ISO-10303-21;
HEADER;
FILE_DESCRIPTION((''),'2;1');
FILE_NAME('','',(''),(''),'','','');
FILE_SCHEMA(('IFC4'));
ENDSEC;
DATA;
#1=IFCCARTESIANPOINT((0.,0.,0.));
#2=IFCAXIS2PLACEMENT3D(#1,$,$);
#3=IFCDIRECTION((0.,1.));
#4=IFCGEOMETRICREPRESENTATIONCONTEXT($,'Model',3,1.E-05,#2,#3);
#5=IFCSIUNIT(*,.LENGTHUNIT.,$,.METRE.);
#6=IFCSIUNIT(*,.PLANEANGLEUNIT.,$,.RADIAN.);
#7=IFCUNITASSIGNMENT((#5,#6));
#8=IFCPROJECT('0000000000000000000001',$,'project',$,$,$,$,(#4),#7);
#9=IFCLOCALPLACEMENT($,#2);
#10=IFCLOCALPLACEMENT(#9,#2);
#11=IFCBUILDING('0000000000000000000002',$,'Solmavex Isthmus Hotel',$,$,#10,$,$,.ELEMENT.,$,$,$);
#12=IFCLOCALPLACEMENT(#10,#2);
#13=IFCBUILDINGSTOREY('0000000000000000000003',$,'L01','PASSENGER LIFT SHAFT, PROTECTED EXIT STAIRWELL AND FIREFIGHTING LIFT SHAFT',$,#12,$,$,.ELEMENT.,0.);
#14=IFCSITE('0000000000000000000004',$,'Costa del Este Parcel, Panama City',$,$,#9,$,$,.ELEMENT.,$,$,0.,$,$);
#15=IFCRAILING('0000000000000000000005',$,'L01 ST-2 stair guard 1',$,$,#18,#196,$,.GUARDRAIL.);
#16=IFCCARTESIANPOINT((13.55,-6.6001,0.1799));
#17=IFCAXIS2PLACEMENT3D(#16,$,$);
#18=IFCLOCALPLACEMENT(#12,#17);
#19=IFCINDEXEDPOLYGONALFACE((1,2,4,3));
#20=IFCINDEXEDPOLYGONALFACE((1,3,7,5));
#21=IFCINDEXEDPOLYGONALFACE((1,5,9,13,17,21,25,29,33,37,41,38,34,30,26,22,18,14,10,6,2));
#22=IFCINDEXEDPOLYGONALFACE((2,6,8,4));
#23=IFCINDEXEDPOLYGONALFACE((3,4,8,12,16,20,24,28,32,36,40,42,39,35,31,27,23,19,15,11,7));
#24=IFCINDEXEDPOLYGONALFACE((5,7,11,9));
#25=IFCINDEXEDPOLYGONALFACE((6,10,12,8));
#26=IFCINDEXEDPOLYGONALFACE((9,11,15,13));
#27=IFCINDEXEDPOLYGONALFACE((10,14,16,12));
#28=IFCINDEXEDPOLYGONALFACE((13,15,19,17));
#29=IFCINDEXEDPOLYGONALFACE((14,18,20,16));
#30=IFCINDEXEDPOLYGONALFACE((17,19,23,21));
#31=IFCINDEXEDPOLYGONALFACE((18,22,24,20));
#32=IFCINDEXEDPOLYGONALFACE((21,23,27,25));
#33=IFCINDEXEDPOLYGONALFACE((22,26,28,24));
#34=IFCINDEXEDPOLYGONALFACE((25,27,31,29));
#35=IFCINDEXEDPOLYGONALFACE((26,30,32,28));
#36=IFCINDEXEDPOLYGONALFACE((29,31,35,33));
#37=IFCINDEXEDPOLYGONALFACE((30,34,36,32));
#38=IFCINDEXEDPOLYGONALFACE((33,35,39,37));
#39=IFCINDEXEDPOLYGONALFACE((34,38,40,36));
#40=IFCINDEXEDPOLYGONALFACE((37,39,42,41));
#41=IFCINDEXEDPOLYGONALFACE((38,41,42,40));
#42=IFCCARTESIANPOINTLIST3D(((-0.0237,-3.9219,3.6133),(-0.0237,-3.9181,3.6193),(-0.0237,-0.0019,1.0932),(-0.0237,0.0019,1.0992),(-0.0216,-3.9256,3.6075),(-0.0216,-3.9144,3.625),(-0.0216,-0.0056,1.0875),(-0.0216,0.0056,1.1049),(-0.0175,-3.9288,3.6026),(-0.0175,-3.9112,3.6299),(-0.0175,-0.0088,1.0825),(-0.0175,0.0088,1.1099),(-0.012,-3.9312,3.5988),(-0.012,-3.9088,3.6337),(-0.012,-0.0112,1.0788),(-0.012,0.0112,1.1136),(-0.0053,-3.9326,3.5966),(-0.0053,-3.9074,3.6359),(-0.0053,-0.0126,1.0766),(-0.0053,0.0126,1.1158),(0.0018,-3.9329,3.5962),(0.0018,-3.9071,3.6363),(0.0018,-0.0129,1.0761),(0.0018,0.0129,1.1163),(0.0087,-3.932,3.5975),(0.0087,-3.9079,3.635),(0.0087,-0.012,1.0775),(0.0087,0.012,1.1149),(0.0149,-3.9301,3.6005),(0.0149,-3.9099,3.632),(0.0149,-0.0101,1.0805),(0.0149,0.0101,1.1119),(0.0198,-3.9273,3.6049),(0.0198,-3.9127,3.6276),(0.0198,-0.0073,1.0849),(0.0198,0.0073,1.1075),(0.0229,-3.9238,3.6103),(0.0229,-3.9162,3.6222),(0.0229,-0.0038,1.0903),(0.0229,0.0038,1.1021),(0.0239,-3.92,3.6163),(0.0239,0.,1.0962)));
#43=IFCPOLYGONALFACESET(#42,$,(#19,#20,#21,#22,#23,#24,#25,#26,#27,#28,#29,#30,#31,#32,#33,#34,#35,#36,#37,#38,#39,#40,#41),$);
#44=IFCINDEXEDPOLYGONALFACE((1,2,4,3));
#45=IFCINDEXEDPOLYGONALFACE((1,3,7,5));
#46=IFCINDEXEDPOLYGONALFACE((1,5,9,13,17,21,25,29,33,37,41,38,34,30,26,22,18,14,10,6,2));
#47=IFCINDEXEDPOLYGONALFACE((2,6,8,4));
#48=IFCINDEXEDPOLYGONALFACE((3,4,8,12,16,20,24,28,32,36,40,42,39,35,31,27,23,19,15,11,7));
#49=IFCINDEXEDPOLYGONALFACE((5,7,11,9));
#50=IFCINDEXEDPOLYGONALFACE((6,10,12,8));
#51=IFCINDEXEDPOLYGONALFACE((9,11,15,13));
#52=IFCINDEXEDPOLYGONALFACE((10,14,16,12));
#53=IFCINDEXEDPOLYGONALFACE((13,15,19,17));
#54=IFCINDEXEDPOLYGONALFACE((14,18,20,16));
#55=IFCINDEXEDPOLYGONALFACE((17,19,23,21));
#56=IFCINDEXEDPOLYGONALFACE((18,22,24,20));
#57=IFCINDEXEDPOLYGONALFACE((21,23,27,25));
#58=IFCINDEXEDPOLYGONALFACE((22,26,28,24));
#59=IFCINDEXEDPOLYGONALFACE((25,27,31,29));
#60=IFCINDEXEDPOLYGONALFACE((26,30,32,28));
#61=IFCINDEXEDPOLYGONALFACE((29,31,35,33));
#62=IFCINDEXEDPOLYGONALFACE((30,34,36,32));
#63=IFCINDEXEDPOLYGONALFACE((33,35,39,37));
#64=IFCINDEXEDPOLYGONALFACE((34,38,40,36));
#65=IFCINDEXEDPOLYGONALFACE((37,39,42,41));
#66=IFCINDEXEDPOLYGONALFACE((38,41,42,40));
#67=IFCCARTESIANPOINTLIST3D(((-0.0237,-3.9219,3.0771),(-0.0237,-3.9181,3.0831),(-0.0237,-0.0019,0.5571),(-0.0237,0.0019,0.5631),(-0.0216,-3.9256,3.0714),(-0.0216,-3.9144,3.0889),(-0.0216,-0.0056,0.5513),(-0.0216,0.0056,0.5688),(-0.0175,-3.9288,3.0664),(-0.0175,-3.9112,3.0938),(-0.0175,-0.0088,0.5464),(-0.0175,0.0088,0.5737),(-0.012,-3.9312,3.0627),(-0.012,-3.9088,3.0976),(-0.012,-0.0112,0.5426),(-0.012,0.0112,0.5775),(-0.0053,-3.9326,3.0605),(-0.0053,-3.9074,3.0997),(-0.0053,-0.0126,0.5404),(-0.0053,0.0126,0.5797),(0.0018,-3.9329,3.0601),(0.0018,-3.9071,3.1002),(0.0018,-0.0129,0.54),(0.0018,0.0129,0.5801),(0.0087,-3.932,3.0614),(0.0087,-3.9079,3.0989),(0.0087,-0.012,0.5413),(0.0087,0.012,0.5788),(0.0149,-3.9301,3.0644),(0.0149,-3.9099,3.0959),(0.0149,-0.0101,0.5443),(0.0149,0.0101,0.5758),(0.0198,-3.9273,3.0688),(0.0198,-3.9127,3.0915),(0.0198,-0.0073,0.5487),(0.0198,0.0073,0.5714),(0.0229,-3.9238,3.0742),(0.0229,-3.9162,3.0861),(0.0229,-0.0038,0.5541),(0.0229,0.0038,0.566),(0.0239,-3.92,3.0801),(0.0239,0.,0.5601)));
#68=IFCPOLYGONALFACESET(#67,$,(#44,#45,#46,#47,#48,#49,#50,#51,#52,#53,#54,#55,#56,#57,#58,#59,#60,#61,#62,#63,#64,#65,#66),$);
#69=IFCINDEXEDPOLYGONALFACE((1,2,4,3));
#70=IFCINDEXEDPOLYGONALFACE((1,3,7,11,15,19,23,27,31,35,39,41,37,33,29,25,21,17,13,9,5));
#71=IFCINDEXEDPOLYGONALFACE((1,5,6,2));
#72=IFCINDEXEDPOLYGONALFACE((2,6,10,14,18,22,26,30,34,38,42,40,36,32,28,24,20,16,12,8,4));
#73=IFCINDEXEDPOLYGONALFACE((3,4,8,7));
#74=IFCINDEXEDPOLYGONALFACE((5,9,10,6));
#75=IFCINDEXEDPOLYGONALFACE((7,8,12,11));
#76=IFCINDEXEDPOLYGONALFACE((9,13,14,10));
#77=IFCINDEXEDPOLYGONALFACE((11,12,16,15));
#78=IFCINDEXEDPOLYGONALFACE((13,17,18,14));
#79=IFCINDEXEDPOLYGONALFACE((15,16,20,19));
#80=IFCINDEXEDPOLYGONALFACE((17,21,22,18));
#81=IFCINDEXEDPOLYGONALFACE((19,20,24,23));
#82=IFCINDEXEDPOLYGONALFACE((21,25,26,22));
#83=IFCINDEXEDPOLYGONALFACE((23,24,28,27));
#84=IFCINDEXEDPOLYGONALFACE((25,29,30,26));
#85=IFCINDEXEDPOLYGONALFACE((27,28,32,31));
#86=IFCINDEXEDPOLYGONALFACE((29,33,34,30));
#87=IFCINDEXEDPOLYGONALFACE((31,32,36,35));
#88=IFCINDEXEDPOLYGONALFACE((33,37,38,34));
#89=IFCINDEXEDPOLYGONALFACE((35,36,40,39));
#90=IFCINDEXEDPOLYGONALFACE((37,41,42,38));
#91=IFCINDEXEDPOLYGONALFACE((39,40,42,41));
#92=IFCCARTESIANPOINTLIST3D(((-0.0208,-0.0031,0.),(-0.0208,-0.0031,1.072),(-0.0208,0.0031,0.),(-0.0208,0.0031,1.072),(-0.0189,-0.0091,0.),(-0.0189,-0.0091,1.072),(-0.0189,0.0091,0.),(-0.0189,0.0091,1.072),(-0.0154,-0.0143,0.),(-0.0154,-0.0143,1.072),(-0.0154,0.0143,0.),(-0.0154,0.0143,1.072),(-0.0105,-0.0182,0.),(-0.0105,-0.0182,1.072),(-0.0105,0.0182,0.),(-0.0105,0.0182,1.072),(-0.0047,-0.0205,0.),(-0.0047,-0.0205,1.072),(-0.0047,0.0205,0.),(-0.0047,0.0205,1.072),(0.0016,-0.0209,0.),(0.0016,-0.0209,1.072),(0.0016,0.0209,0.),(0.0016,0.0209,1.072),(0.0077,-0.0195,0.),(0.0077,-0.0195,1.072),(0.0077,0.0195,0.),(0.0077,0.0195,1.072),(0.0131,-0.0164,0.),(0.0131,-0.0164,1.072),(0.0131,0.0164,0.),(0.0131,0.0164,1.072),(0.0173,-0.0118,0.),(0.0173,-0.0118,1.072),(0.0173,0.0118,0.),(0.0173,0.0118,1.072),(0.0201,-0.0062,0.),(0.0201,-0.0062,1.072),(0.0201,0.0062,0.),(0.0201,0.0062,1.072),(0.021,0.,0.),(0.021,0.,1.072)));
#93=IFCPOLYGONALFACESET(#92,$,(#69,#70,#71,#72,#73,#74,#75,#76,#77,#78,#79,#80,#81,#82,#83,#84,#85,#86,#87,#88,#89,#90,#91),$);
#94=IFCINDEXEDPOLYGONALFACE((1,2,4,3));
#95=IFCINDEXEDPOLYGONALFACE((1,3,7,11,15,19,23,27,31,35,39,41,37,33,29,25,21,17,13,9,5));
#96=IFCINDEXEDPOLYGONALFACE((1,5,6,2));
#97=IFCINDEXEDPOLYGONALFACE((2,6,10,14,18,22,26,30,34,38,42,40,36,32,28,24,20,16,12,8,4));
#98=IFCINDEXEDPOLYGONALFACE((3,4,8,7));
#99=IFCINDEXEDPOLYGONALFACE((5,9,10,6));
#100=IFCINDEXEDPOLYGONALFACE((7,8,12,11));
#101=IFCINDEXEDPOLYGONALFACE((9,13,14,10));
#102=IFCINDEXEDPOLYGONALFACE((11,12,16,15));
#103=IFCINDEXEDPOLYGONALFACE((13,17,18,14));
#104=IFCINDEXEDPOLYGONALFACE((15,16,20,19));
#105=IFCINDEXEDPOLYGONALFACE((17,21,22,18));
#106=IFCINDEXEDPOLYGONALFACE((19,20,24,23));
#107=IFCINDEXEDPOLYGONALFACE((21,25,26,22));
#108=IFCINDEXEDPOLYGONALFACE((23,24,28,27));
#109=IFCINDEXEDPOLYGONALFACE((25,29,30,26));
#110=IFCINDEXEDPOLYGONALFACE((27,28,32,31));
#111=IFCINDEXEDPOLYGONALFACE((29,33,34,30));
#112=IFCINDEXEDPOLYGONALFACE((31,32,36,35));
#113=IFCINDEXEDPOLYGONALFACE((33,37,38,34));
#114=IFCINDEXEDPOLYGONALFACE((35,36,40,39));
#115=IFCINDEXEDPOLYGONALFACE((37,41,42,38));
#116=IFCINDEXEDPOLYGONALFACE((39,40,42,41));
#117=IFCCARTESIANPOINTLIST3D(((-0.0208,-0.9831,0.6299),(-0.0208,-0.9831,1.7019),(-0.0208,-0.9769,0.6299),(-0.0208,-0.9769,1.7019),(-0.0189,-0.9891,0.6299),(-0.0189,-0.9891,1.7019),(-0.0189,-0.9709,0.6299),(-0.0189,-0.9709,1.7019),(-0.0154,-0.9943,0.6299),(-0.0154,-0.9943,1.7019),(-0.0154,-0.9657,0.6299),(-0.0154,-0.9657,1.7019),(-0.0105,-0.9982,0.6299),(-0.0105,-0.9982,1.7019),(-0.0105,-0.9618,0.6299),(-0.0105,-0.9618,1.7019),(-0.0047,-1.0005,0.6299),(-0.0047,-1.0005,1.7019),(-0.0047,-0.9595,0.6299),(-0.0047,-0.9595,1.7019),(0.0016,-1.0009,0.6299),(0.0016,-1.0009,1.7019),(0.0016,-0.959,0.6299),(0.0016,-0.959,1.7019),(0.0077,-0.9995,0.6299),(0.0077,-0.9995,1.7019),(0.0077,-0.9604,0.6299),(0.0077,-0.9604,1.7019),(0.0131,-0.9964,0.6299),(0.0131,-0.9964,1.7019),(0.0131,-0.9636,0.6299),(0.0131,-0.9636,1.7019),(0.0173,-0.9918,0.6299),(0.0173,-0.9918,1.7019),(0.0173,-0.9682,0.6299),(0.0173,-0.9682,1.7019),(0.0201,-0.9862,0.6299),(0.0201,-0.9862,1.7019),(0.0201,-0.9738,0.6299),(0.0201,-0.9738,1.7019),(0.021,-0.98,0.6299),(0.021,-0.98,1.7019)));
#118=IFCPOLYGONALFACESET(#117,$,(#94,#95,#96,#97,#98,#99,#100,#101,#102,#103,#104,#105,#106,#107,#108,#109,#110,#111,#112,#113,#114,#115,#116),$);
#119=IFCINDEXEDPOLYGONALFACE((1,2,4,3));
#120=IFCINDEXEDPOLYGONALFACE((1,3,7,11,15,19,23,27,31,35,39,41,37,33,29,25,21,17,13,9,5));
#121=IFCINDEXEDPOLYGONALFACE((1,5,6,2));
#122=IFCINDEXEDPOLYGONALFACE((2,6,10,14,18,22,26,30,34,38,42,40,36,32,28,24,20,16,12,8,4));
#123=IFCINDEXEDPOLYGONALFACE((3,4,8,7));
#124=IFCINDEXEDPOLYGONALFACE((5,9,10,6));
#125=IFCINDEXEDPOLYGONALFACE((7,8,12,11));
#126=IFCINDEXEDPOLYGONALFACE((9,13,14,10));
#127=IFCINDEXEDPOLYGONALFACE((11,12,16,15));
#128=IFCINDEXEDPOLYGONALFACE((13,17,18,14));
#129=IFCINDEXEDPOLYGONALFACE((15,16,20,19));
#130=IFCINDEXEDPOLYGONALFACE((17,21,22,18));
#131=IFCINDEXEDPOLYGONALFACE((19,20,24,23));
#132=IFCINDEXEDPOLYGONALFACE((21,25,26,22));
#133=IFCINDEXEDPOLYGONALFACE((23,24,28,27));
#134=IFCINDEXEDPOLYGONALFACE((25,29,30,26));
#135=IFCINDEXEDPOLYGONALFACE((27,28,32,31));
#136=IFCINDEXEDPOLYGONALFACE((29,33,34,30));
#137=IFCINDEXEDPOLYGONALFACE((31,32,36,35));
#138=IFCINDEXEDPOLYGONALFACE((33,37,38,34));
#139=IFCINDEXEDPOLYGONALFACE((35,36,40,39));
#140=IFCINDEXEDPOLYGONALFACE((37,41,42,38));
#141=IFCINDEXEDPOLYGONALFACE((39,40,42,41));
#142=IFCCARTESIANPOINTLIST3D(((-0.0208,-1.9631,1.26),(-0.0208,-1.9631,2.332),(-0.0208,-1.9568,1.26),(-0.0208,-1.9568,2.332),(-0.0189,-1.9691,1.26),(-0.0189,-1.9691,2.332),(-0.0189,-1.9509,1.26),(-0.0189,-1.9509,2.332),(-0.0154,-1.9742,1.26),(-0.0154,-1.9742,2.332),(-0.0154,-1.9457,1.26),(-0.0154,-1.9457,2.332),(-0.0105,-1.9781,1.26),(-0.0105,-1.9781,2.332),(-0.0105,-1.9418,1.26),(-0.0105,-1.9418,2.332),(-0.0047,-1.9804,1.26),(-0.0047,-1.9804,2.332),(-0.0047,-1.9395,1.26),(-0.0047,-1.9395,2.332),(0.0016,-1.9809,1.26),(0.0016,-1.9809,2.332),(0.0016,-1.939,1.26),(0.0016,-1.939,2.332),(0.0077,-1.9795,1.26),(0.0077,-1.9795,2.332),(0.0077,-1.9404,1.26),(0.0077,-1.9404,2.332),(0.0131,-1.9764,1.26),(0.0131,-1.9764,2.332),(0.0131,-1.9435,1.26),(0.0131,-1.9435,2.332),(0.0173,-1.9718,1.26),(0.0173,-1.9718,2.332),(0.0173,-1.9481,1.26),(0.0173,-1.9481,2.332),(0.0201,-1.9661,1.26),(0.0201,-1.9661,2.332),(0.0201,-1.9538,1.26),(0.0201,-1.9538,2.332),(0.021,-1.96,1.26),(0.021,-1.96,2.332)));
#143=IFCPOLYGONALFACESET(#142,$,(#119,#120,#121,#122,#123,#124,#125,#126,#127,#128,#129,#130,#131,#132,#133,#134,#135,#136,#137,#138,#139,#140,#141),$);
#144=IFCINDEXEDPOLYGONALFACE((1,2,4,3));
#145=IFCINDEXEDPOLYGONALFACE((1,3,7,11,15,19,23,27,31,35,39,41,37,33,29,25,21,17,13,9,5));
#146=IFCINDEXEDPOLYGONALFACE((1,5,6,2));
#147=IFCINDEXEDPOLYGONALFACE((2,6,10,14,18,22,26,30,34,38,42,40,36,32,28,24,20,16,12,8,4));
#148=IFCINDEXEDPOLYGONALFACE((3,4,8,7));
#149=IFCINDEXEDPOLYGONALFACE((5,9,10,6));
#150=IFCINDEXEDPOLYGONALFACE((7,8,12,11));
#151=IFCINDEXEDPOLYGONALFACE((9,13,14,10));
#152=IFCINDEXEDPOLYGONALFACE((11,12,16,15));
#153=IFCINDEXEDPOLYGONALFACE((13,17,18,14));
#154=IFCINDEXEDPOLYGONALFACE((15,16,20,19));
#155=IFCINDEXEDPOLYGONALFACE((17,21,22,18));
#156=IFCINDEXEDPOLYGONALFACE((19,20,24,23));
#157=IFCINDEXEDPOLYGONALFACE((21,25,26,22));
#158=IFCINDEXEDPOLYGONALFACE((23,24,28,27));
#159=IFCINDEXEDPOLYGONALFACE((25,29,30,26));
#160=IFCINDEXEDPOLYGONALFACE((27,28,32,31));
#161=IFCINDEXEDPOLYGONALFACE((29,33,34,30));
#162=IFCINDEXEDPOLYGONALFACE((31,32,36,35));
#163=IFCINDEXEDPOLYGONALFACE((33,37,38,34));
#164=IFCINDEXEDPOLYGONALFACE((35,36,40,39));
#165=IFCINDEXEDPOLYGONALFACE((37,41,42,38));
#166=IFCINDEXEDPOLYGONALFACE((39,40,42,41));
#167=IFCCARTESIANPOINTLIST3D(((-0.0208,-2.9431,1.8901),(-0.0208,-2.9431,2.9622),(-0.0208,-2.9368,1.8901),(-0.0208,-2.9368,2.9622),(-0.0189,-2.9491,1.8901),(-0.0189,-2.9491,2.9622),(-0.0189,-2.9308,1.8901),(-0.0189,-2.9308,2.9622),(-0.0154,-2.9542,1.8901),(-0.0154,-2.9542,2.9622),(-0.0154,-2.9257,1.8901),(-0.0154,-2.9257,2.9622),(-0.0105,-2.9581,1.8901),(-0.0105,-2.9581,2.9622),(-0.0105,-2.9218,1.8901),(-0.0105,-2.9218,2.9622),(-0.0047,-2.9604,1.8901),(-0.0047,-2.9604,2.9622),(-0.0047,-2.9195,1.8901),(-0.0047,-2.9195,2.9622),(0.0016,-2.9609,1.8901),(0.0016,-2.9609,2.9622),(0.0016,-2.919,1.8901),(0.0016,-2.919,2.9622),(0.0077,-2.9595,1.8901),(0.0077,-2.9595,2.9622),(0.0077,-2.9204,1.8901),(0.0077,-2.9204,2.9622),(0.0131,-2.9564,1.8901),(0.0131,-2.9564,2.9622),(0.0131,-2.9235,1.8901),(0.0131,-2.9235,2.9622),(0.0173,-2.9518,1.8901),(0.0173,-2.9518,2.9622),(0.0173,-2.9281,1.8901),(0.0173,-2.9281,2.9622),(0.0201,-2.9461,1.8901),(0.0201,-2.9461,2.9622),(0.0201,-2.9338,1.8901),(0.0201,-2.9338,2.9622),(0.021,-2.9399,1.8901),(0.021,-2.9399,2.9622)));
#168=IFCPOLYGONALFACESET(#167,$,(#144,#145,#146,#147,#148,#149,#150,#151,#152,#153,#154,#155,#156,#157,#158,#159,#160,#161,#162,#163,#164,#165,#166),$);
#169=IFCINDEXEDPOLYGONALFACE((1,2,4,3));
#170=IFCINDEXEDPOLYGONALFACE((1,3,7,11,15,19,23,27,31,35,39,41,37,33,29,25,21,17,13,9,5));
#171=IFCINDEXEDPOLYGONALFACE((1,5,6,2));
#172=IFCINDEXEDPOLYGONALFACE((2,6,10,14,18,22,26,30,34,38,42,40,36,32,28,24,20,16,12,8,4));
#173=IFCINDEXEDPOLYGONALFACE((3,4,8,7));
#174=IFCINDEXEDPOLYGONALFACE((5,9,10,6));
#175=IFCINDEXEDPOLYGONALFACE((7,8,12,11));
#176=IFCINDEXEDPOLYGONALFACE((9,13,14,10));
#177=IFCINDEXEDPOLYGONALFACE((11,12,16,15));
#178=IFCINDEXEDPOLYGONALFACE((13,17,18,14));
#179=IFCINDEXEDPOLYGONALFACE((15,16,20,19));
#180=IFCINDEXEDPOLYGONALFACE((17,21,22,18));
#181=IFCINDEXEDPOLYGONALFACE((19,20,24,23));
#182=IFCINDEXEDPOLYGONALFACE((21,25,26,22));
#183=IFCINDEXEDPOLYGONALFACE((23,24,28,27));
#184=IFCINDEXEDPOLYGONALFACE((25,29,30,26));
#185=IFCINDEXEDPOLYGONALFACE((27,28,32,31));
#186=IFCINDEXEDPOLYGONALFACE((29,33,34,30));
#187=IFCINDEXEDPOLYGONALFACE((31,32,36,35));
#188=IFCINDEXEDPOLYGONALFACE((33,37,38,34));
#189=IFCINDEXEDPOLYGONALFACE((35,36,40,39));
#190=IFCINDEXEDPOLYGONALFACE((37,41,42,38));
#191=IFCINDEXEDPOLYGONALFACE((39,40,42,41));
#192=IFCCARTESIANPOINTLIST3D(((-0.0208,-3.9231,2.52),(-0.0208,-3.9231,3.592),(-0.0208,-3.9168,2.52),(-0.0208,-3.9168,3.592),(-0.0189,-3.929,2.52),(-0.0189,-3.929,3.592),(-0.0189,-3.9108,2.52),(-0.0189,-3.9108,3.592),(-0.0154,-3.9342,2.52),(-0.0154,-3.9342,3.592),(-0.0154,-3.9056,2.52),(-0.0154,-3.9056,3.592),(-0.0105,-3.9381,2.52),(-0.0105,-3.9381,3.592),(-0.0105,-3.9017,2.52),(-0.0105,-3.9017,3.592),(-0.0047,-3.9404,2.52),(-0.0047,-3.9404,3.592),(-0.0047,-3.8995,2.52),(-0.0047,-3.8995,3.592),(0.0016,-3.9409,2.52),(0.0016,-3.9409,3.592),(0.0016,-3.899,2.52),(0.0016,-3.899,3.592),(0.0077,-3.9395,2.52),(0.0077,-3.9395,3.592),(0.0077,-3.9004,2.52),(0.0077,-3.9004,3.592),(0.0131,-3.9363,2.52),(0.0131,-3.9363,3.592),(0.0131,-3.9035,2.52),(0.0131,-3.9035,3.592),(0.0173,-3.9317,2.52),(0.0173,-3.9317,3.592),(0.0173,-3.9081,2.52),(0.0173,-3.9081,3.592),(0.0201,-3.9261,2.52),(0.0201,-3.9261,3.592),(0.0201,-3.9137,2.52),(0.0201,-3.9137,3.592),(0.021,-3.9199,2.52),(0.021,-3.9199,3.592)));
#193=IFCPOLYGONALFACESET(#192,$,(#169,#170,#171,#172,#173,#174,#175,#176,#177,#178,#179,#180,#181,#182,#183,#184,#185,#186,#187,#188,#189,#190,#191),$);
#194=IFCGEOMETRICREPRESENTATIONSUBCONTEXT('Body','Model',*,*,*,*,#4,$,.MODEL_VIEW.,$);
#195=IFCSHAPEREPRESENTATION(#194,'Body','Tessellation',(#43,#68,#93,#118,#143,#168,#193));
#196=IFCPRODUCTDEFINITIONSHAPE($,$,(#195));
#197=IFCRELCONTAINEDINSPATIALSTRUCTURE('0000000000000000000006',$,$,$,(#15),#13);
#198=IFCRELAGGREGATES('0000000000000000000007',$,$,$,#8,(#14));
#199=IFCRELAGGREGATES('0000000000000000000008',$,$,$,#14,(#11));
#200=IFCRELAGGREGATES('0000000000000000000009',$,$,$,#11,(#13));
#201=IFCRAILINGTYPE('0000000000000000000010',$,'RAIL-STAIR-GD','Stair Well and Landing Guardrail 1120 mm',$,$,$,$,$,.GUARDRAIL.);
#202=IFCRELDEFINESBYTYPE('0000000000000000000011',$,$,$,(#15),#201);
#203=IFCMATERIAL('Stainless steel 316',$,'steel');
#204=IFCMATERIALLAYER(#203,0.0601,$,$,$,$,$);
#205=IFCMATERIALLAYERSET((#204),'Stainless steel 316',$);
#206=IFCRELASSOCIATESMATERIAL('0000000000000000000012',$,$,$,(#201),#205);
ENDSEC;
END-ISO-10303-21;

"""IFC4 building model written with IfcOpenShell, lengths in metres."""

from ifc_helpers import new_model, si_unit, direction, frame, origin, origin_2d, place, context, subcontext, project, spatial, circle, extrude, material, layer, layer_set, type_object, element, save


model = new_model("IFC4")

# Units and contexts
model_context = context("Model", 3, precision=1e-05, world=origin(), true_north=direction((0.0, 1.0)))
body_context = subcontext(model_context, "Body", "Model", "MODEL_VIEW")
ifc_project = project(units=[si_unit("LENGTHUNIT", "METRE"), si_unit("PLANEANGLEUNIT", "RADIAN")], contexts=[model_context])

# Site, building, storey
site_placement = place(None, origin())
site = spatial("IfcSite", under=ifc_project, at=site_placement, Name="Costa del Este Parcel, Panama City", CompositionType="ELEMENT", RefElevation=0.0)
building_placement = place(site_placement, origin())
building = spatial("IfcBuilding", under=site, at=building_placement, Name="Solmavex Isthmus Hotel", CompositionType="ELEMENT")
storey_placement = place(building_placement, origin())
storey = spatial("IfcBuildingStorey", under=building, at=storey_placement, Name="L01", Description="PASSENGER LIFT SHAFT, PROTECTED EXIT STAIRWELL AND FIREFIGHTING LIFT SHAFT", CompositionType="ELEMENT", Elevation=0.0)

# Railing
ifc_material_1 = material(Name="Stainless steel 316", Category="steel")
ifc_layer_1 = layer(ifc_material_1, 0.0601)
ifc_layer_set_1 = layer_set([ifc_layer_1], Name="Stainless steel 316")
railing_type_1 = type_object("IfcRailingType", Name="RAIL-STAIR-GD", Description="Stair Well and Landing Guardrail 1120 mm", PredefinedType="GUARDRAIL", material=ifc_layer_set_1)
railing_1_placement = place(storey_placement, frame((13.55, -6.6001, 0.1799)))
element("IfcRailing", 1, at=railing_1_placement, inside=storey, type_object=railing_type_1, Name="L01 ST-2 stair guard 1", PredefinedType="GUARDRAIL", context=body_context, shape_type="SweptSolid", body=[
    extrude(circle(Radius=0.0239, at=origin_2d()), frame((0.0, 0.0, 1.0962), z_axis=(0.0, -0.841172, 0.540768), x_axis=(1.0, 0.0, 0.0)), (0.0, 0.0, 1.0), 4.6602),
    extrude(circle(Radius=0.0239, at=origin_2d()), frame((0.0, 0.0, 0.5601), z_axis=(0.0, -0.841172, 0.540768), x_axis=(1.0, 0.0, 0.0)), (0.0, 0.0, 1.0), 4.6602),
    extrude(circle(Radius=0.021, at=origin_2d()), origin(), (0.0, 0.0, 1.0), 1.072),
    extrude(circle(Radius=0.021, at=origin_2d()), frame((0.0, -0.98, 0.6299)), (0.0, 0.0, 1.0), 1.072),
    extrude(circle(Radius=0.021, at=origin_2d()), frame((0.0, -1.96, 1.26)), (0.0, 0.0, 1.0), 1.072),
    extrude(circle(Radius=0.021, at=origin_2d()), frame((0.0, -2.9399, 1.8901)), (0.0, 0.0, 1.0), 1.072),
    extrude(circle(Radius=0.021, at=origin_2d()), frame((0.0, -3.9199, 2.52)), (0.0, 0.0, 1.0), 1.072),
])

save(model, "model.ifc")
